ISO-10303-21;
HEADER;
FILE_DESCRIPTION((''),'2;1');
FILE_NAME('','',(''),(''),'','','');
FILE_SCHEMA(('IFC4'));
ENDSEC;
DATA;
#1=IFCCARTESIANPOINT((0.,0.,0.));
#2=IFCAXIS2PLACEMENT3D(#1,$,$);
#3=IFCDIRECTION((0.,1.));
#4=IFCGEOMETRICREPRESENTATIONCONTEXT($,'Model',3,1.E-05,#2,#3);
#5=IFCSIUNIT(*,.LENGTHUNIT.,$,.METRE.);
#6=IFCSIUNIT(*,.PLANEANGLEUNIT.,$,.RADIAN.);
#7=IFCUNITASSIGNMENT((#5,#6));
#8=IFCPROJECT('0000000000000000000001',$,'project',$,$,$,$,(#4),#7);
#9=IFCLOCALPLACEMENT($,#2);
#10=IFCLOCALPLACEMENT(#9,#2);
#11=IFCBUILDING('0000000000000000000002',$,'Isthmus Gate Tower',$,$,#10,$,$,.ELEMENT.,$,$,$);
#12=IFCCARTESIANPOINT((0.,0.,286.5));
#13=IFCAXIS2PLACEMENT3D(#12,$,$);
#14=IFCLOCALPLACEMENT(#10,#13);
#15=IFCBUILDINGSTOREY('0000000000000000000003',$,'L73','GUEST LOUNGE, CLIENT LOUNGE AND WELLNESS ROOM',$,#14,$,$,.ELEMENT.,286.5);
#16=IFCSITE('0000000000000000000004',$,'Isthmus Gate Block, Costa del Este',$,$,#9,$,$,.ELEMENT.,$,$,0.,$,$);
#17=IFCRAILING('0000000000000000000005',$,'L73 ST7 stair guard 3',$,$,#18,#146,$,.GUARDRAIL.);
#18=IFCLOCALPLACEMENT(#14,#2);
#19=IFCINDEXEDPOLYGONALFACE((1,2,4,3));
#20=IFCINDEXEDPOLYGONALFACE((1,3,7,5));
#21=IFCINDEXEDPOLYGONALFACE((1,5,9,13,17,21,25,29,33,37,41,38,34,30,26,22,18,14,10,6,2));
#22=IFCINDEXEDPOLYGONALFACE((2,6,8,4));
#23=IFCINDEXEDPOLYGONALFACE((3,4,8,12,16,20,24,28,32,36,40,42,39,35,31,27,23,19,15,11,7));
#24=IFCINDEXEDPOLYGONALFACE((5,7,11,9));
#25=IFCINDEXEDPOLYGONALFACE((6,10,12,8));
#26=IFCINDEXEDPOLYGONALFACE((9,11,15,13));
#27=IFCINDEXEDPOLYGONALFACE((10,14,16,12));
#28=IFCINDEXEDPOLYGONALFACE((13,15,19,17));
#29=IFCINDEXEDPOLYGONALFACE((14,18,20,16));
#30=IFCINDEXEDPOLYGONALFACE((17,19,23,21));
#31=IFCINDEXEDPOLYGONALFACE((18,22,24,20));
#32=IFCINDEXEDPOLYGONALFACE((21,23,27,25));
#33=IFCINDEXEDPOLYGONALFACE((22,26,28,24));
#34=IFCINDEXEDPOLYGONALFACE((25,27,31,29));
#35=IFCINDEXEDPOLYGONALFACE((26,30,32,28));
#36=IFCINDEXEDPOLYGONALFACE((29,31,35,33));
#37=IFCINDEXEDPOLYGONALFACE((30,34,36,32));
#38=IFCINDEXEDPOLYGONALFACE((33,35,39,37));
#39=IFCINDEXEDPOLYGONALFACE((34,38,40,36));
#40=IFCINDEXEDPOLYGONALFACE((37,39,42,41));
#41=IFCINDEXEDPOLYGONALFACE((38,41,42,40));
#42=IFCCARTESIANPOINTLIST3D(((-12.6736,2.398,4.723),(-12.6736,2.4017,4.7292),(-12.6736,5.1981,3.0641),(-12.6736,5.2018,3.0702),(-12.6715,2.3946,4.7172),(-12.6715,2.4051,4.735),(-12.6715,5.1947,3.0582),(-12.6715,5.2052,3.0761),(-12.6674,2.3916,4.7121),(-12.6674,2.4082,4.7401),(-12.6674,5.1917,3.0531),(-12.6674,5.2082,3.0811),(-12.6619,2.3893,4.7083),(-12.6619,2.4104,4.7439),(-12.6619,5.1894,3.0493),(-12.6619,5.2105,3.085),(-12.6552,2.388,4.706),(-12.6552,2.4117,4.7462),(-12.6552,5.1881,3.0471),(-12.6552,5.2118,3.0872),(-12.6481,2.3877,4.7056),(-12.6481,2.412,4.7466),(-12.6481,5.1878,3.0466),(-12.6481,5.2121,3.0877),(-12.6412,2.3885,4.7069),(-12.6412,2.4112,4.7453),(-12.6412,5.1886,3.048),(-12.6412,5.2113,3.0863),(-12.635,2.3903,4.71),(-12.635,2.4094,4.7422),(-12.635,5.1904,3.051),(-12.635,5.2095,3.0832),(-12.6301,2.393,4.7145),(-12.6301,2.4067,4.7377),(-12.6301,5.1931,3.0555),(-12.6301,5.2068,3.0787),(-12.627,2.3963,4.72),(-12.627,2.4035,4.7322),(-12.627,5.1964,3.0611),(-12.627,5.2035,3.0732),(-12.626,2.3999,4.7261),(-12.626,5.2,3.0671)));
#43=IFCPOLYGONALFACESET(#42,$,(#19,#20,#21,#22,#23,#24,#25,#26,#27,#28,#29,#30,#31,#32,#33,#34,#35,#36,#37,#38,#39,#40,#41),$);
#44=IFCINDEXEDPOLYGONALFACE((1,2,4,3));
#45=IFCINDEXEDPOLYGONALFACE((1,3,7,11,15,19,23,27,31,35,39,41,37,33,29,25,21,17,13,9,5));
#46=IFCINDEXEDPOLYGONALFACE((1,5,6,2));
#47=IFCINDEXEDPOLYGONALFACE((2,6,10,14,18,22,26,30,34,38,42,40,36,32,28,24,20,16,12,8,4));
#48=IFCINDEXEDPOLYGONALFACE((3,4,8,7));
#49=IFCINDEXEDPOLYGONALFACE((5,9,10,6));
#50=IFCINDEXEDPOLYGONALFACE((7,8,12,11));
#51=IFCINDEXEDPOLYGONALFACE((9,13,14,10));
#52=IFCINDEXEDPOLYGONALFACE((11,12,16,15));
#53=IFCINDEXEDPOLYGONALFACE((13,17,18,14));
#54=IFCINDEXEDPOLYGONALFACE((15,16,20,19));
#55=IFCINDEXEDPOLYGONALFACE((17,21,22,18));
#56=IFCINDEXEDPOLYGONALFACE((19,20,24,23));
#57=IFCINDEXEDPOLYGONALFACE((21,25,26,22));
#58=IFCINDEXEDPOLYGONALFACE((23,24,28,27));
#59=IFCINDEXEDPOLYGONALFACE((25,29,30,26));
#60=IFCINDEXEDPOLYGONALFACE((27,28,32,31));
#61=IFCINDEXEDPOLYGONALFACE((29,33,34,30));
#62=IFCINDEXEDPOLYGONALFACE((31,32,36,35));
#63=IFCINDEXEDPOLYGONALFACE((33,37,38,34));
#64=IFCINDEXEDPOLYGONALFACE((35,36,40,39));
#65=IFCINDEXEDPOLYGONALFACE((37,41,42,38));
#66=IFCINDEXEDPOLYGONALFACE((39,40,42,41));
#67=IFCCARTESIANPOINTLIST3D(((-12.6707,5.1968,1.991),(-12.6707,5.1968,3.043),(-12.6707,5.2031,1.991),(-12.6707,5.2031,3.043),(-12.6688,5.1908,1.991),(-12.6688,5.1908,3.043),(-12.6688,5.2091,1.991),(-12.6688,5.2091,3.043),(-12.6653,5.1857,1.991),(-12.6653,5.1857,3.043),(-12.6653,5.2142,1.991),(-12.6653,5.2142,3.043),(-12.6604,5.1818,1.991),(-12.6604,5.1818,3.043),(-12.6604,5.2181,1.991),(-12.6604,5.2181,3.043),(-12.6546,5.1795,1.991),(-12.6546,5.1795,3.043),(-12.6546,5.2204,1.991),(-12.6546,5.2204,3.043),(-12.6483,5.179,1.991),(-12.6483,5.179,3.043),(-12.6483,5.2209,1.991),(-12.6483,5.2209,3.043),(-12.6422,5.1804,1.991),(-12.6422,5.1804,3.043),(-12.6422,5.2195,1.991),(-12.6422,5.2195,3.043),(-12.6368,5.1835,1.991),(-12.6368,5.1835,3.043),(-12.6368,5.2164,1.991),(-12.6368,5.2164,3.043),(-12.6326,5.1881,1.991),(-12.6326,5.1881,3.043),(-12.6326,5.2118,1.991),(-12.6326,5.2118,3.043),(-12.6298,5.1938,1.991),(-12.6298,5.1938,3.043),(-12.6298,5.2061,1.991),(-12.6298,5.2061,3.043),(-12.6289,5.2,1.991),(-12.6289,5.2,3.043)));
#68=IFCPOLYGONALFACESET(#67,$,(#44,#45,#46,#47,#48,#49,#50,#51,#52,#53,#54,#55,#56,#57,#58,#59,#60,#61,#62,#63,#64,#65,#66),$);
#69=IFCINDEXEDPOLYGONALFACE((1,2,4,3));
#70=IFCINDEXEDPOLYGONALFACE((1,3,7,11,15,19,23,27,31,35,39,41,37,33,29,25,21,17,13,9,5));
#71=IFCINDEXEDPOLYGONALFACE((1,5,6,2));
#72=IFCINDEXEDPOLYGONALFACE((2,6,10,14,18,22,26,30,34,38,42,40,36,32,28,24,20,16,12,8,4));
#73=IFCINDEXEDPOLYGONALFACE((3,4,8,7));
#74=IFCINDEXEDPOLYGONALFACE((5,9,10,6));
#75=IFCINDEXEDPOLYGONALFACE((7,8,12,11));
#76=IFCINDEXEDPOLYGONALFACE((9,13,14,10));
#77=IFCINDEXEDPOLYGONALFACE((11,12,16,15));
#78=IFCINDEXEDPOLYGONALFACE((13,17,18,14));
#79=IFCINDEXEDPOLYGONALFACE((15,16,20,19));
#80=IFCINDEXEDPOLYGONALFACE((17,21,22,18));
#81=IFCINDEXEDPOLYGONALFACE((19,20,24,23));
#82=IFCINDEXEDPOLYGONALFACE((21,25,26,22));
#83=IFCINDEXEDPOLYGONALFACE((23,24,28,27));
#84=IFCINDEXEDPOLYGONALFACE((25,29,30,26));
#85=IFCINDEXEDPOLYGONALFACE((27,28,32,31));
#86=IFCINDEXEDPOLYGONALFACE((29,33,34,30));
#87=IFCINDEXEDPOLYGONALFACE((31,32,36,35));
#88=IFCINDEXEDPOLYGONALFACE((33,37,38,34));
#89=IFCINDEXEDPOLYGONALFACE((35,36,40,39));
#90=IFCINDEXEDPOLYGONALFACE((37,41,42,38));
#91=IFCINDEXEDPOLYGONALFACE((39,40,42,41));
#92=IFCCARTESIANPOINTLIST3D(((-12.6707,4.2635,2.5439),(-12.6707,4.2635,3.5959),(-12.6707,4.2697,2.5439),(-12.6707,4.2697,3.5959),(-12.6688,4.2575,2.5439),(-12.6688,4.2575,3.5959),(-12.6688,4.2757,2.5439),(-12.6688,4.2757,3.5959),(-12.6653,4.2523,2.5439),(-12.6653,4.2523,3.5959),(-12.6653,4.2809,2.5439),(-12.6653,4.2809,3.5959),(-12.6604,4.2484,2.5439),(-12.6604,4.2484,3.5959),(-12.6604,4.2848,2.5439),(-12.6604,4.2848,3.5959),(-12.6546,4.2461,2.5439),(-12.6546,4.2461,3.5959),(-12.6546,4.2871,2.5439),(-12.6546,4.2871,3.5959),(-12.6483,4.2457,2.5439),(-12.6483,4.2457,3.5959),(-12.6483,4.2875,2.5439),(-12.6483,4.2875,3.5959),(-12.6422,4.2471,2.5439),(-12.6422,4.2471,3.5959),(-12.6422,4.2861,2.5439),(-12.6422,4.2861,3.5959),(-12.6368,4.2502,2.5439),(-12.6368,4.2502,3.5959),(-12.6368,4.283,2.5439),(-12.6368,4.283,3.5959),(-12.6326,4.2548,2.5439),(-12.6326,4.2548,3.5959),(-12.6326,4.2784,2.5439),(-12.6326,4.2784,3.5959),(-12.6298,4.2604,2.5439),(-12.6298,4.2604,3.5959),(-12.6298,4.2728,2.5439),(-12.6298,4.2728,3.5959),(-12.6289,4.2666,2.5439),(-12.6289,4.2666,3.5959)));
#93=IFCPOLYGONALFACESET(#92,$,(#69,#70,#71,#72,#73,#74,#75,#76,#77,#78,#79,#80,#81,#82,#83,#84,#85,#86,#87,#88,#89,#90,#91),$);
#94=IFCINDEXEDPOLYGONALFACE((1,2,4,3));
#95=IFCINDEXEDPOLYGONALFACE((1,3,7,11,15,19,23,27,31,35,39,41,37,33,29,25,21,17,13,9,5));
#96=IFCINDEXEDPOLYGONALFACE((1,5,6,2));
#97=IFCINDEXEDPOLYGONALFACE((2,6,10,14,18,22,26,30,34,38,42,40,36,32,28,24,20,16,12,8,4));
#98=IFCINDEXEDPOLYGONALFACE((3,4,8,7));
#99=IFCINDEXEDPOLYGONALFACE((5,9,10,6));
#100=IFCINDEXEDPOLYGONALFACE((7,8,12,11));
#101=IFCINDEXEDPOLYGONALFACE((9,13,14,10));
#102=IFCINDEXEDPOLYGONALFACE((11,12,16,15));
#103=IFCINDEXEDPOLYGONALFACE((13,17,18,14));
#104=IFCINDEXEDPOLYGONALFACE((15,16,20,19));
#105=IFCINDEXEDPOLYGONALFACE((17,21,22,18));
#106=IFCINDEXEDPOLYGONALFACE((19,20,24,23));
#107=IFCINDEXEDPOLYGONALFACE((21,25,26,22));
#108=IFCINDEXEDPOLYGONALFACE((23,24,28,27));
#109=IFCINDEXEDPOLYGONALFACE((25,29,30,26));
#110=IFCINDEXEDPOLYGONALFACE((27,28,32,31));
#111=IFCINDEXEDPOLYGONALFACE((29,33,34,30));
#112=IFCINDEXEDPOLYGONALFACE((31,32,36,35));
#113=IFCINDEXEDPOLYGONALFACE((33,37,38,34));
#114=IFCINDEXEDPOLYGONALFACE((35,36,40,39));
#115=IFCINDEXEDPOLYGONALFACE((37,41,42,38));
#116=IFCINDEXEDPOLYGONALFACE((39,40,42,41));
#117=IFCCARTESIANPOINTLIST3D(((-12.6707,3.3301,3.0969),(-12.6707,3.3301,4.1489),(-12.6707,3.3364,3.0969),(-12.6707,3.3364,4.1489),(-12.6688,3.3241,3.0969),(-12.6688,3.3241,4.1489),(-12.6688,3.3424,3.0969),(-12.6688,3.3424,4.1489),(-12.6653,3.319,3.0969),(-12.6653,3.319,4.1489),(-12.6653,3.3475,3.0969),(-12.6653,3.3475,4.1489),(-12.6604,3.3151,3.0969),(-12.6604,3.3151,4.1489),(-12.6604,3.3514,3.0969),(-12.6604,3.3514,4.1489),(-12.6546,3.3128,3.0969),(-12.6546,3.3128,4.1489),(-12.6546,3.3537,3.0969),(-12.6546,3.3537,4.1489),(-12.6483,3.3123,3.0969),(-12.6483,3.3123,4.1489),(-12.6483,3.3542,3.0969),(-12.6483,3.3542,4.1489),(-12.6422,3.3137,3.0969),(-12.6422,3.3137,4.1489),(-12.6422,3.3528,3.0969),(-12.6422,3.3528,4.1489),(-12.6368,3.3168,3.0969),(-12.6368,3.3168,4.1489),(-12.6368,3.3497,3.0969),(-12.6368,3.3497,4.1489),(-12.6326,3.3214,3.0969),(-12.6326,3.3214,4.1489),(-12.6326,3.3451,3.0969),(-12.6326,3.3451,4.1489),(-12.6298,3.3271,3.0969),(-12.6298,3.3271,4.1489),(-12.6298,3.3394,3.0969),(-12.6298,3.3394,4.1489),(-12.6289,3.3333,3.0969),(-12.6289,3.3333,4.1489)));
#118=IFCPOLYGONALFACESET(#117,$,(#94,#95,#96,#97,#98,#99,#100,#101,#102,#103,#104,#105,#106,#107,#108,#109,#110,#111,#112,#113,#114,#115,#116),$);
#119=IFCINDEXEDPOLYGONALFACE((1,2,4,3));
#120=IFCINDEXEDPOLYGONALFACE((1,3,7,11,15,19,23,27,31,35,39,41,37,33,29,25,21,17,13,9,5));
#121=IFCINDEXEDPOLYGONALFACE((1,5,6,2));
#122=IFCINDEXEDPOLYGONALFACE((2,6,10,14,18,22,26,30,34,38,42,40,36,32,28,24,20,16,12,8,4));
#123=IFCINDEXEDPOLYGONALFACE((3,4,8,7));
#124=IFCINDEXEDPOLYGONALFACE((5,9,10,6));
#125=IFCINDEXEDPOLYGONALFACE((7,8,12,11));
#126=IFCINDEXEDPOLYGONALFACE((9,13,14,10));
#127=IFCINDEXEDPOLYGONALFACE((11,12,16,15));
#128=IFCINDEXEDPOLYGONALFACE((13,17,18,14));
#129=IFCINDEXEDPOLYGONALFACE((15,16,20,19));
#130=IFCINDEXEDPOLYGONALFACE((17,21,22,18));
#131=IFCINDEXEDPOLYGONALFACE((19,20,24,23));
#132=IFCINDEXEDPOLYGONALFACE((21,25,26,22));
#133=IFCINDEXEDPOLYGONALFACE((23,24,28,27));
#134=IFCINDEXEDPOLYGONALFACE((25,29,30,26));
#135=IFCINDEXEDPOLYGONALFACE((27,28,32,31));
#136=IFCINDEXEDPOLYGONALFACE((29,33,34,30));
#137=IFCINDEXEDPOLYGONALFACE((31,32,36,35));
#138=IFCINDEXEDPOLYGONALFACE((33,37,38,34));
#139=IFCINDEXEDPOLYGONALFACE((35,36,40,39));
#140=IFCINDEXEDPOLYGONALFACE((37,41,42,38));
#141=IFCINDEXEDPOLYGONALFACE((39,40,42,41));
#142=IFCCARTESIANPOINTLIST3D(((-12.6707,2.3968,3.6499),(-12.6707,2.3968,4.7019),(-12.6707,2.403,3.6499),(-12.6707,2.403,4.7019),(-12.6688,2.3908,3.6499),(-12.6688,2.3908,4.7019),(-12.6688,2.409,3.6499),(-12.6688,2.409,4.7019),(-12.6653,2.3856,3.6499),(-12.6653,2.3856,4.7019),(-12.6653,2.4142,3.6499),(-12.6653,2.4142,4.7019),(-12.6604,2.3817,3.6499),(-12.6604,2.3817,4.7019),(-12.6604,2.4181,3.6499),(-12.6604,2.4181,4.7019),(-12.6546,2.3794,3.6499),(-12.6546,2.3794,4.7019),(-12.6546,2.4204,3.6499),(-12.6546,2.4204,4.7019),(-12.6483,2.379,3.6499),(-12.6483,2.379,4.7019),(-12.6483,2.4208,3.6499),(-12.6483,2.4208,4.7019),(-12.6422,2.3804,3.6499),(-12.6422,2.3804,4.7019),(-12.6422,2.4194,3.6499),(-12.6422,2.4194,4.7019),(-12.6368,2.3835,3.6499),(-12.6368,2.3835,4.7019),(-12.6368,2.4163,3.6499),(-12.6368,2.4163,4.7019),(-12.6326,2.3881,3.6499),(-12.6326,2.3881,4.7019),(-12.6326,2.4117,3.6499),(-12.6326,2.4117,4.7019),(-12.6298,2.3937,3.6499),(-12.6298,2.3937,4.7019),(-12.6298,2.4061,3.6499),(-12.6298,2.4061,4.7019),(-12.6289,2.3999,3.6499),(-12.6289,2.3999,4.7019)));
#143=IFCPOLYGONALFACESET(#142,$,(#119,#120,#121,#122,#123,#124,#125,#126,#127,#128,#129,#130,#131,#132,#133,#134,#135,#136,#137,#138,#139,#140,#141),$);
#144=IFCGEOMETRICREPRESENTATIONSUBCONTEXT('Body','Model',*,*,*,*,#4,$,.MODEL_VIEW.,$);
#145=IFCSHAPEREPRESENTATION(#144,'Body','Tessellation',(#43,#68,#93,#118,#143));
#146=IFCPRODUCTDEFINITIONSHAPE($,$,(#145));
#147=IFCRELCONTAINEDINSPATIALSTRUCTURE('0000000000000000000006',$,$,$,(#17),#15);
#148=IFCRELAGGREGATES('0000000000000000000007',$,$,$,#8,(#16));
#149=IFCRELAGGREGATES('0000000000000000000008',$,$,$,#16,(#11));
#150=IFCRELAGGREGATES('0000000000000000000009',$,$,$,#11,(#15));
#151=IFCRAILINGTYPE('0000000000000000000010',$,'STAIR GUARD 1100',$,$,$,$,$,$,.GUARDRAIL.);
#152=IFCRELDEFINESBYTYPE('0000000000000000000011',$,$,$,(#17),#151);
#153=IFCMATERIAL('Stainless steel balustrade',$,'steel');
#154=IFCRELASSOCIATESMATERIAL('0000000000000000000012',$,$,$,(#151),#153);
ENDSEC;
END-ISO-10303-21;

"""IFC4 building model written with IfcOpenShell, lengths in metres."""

from ifc_helpers import new_model, si_unit, direction, frame, origin, origin_2d, place, context, subcontext, project, spatial, circle, extrude, material, type_object, element, save


model = new_model("IFC4")

# Units and contexts
model_context = context("Model", 3, precision=1e-05, world=origin(), true_north=direction((0.0, 1.0)))
body_context = subcontext(model_context, "Body", "Model", "MODEL_VIEW")
ifc_project = project(units=[si_unit("LENGTHUNIT", "METRE"), si_unit("PLANEANGLEUNIT", "RADIAN")], contexts=[model_context])

# Site, building, storey
site_placement = place(None, origin())
site = spatial("IfcSite", under=ifc_project, at=site_placement, Name="Isthmus Gate Block, Costa del Este", CompositionType="ELEMENT", RefElevation=0.0)
building_placement = place(site_placement, origin())
building = spatial("IfcBuilding", under=site, at=building_placement, Name="Isthmus Gate Tower", CompositionType="ELEMENT")
storey_placement = place(building_placement, frame((0.0, 0.0, 286.5)))
storey = spatial("IfcBuildingStorey", under=building, at=storey_placement, Name="L73", Description="GUEST LOUNGE, CLIENT LOUNGE AND WELLNESS ROOM", CompositionType="ELEMENT", Elevation=286.5)

# Railing
ifc_material_1 = material(Name="Stainless steel balustrade", Category="steel")
railing_type_1 = type_object("IfcRailingType", Name="STAIR GUARD 1100", PredefinedType="GUARDRAIL", material=ifc_material_1)
railing_1_placement = place(storey_placement, frame((-12.6499, 5.2, 1.991)))
element("IfcRailing", 1, at=railing_1_placement, inside=storey, type_object=railing_type_1, Name="L73 ST7 stair guard 3", PredefinedType="GUARDRAIL", context=body_context, shape_type="SweptSolid", body=[
    extrude(circle(Radius=0.0239, at=origin_2d()), frame((0.0, 0.0, 1.0762), z_axis=(0.0, -0.860339, 0.509722), x_axis=(1.0, 0.0, 0.0)), (0.0, 0.0, 1.0), 3.2546),
    extrude(circle(Radius=0.021, at=origin_2d()), origin(), (0.0, 0.0, 1.0), 1.052),
    extrude(circle(Radius=0.021, at=origin_2d()), frame((0.0, -0.9333, 0.553)), (0.0, 0.0, 1.0), 1.052),
    extrude(circle(Radius=0.021, at=origin_2d()), frame((0.0, -1.8667, 1.106)), (0.0, 0.0, 1.0), 1.052),
    extrude(circle(Radius=0.021, at=origin_2d()), frame((0.0, -2.8, 1.6589)), (0.0, 0.0, 1.0), 1.052),
])

save(model, "model.ifc")
